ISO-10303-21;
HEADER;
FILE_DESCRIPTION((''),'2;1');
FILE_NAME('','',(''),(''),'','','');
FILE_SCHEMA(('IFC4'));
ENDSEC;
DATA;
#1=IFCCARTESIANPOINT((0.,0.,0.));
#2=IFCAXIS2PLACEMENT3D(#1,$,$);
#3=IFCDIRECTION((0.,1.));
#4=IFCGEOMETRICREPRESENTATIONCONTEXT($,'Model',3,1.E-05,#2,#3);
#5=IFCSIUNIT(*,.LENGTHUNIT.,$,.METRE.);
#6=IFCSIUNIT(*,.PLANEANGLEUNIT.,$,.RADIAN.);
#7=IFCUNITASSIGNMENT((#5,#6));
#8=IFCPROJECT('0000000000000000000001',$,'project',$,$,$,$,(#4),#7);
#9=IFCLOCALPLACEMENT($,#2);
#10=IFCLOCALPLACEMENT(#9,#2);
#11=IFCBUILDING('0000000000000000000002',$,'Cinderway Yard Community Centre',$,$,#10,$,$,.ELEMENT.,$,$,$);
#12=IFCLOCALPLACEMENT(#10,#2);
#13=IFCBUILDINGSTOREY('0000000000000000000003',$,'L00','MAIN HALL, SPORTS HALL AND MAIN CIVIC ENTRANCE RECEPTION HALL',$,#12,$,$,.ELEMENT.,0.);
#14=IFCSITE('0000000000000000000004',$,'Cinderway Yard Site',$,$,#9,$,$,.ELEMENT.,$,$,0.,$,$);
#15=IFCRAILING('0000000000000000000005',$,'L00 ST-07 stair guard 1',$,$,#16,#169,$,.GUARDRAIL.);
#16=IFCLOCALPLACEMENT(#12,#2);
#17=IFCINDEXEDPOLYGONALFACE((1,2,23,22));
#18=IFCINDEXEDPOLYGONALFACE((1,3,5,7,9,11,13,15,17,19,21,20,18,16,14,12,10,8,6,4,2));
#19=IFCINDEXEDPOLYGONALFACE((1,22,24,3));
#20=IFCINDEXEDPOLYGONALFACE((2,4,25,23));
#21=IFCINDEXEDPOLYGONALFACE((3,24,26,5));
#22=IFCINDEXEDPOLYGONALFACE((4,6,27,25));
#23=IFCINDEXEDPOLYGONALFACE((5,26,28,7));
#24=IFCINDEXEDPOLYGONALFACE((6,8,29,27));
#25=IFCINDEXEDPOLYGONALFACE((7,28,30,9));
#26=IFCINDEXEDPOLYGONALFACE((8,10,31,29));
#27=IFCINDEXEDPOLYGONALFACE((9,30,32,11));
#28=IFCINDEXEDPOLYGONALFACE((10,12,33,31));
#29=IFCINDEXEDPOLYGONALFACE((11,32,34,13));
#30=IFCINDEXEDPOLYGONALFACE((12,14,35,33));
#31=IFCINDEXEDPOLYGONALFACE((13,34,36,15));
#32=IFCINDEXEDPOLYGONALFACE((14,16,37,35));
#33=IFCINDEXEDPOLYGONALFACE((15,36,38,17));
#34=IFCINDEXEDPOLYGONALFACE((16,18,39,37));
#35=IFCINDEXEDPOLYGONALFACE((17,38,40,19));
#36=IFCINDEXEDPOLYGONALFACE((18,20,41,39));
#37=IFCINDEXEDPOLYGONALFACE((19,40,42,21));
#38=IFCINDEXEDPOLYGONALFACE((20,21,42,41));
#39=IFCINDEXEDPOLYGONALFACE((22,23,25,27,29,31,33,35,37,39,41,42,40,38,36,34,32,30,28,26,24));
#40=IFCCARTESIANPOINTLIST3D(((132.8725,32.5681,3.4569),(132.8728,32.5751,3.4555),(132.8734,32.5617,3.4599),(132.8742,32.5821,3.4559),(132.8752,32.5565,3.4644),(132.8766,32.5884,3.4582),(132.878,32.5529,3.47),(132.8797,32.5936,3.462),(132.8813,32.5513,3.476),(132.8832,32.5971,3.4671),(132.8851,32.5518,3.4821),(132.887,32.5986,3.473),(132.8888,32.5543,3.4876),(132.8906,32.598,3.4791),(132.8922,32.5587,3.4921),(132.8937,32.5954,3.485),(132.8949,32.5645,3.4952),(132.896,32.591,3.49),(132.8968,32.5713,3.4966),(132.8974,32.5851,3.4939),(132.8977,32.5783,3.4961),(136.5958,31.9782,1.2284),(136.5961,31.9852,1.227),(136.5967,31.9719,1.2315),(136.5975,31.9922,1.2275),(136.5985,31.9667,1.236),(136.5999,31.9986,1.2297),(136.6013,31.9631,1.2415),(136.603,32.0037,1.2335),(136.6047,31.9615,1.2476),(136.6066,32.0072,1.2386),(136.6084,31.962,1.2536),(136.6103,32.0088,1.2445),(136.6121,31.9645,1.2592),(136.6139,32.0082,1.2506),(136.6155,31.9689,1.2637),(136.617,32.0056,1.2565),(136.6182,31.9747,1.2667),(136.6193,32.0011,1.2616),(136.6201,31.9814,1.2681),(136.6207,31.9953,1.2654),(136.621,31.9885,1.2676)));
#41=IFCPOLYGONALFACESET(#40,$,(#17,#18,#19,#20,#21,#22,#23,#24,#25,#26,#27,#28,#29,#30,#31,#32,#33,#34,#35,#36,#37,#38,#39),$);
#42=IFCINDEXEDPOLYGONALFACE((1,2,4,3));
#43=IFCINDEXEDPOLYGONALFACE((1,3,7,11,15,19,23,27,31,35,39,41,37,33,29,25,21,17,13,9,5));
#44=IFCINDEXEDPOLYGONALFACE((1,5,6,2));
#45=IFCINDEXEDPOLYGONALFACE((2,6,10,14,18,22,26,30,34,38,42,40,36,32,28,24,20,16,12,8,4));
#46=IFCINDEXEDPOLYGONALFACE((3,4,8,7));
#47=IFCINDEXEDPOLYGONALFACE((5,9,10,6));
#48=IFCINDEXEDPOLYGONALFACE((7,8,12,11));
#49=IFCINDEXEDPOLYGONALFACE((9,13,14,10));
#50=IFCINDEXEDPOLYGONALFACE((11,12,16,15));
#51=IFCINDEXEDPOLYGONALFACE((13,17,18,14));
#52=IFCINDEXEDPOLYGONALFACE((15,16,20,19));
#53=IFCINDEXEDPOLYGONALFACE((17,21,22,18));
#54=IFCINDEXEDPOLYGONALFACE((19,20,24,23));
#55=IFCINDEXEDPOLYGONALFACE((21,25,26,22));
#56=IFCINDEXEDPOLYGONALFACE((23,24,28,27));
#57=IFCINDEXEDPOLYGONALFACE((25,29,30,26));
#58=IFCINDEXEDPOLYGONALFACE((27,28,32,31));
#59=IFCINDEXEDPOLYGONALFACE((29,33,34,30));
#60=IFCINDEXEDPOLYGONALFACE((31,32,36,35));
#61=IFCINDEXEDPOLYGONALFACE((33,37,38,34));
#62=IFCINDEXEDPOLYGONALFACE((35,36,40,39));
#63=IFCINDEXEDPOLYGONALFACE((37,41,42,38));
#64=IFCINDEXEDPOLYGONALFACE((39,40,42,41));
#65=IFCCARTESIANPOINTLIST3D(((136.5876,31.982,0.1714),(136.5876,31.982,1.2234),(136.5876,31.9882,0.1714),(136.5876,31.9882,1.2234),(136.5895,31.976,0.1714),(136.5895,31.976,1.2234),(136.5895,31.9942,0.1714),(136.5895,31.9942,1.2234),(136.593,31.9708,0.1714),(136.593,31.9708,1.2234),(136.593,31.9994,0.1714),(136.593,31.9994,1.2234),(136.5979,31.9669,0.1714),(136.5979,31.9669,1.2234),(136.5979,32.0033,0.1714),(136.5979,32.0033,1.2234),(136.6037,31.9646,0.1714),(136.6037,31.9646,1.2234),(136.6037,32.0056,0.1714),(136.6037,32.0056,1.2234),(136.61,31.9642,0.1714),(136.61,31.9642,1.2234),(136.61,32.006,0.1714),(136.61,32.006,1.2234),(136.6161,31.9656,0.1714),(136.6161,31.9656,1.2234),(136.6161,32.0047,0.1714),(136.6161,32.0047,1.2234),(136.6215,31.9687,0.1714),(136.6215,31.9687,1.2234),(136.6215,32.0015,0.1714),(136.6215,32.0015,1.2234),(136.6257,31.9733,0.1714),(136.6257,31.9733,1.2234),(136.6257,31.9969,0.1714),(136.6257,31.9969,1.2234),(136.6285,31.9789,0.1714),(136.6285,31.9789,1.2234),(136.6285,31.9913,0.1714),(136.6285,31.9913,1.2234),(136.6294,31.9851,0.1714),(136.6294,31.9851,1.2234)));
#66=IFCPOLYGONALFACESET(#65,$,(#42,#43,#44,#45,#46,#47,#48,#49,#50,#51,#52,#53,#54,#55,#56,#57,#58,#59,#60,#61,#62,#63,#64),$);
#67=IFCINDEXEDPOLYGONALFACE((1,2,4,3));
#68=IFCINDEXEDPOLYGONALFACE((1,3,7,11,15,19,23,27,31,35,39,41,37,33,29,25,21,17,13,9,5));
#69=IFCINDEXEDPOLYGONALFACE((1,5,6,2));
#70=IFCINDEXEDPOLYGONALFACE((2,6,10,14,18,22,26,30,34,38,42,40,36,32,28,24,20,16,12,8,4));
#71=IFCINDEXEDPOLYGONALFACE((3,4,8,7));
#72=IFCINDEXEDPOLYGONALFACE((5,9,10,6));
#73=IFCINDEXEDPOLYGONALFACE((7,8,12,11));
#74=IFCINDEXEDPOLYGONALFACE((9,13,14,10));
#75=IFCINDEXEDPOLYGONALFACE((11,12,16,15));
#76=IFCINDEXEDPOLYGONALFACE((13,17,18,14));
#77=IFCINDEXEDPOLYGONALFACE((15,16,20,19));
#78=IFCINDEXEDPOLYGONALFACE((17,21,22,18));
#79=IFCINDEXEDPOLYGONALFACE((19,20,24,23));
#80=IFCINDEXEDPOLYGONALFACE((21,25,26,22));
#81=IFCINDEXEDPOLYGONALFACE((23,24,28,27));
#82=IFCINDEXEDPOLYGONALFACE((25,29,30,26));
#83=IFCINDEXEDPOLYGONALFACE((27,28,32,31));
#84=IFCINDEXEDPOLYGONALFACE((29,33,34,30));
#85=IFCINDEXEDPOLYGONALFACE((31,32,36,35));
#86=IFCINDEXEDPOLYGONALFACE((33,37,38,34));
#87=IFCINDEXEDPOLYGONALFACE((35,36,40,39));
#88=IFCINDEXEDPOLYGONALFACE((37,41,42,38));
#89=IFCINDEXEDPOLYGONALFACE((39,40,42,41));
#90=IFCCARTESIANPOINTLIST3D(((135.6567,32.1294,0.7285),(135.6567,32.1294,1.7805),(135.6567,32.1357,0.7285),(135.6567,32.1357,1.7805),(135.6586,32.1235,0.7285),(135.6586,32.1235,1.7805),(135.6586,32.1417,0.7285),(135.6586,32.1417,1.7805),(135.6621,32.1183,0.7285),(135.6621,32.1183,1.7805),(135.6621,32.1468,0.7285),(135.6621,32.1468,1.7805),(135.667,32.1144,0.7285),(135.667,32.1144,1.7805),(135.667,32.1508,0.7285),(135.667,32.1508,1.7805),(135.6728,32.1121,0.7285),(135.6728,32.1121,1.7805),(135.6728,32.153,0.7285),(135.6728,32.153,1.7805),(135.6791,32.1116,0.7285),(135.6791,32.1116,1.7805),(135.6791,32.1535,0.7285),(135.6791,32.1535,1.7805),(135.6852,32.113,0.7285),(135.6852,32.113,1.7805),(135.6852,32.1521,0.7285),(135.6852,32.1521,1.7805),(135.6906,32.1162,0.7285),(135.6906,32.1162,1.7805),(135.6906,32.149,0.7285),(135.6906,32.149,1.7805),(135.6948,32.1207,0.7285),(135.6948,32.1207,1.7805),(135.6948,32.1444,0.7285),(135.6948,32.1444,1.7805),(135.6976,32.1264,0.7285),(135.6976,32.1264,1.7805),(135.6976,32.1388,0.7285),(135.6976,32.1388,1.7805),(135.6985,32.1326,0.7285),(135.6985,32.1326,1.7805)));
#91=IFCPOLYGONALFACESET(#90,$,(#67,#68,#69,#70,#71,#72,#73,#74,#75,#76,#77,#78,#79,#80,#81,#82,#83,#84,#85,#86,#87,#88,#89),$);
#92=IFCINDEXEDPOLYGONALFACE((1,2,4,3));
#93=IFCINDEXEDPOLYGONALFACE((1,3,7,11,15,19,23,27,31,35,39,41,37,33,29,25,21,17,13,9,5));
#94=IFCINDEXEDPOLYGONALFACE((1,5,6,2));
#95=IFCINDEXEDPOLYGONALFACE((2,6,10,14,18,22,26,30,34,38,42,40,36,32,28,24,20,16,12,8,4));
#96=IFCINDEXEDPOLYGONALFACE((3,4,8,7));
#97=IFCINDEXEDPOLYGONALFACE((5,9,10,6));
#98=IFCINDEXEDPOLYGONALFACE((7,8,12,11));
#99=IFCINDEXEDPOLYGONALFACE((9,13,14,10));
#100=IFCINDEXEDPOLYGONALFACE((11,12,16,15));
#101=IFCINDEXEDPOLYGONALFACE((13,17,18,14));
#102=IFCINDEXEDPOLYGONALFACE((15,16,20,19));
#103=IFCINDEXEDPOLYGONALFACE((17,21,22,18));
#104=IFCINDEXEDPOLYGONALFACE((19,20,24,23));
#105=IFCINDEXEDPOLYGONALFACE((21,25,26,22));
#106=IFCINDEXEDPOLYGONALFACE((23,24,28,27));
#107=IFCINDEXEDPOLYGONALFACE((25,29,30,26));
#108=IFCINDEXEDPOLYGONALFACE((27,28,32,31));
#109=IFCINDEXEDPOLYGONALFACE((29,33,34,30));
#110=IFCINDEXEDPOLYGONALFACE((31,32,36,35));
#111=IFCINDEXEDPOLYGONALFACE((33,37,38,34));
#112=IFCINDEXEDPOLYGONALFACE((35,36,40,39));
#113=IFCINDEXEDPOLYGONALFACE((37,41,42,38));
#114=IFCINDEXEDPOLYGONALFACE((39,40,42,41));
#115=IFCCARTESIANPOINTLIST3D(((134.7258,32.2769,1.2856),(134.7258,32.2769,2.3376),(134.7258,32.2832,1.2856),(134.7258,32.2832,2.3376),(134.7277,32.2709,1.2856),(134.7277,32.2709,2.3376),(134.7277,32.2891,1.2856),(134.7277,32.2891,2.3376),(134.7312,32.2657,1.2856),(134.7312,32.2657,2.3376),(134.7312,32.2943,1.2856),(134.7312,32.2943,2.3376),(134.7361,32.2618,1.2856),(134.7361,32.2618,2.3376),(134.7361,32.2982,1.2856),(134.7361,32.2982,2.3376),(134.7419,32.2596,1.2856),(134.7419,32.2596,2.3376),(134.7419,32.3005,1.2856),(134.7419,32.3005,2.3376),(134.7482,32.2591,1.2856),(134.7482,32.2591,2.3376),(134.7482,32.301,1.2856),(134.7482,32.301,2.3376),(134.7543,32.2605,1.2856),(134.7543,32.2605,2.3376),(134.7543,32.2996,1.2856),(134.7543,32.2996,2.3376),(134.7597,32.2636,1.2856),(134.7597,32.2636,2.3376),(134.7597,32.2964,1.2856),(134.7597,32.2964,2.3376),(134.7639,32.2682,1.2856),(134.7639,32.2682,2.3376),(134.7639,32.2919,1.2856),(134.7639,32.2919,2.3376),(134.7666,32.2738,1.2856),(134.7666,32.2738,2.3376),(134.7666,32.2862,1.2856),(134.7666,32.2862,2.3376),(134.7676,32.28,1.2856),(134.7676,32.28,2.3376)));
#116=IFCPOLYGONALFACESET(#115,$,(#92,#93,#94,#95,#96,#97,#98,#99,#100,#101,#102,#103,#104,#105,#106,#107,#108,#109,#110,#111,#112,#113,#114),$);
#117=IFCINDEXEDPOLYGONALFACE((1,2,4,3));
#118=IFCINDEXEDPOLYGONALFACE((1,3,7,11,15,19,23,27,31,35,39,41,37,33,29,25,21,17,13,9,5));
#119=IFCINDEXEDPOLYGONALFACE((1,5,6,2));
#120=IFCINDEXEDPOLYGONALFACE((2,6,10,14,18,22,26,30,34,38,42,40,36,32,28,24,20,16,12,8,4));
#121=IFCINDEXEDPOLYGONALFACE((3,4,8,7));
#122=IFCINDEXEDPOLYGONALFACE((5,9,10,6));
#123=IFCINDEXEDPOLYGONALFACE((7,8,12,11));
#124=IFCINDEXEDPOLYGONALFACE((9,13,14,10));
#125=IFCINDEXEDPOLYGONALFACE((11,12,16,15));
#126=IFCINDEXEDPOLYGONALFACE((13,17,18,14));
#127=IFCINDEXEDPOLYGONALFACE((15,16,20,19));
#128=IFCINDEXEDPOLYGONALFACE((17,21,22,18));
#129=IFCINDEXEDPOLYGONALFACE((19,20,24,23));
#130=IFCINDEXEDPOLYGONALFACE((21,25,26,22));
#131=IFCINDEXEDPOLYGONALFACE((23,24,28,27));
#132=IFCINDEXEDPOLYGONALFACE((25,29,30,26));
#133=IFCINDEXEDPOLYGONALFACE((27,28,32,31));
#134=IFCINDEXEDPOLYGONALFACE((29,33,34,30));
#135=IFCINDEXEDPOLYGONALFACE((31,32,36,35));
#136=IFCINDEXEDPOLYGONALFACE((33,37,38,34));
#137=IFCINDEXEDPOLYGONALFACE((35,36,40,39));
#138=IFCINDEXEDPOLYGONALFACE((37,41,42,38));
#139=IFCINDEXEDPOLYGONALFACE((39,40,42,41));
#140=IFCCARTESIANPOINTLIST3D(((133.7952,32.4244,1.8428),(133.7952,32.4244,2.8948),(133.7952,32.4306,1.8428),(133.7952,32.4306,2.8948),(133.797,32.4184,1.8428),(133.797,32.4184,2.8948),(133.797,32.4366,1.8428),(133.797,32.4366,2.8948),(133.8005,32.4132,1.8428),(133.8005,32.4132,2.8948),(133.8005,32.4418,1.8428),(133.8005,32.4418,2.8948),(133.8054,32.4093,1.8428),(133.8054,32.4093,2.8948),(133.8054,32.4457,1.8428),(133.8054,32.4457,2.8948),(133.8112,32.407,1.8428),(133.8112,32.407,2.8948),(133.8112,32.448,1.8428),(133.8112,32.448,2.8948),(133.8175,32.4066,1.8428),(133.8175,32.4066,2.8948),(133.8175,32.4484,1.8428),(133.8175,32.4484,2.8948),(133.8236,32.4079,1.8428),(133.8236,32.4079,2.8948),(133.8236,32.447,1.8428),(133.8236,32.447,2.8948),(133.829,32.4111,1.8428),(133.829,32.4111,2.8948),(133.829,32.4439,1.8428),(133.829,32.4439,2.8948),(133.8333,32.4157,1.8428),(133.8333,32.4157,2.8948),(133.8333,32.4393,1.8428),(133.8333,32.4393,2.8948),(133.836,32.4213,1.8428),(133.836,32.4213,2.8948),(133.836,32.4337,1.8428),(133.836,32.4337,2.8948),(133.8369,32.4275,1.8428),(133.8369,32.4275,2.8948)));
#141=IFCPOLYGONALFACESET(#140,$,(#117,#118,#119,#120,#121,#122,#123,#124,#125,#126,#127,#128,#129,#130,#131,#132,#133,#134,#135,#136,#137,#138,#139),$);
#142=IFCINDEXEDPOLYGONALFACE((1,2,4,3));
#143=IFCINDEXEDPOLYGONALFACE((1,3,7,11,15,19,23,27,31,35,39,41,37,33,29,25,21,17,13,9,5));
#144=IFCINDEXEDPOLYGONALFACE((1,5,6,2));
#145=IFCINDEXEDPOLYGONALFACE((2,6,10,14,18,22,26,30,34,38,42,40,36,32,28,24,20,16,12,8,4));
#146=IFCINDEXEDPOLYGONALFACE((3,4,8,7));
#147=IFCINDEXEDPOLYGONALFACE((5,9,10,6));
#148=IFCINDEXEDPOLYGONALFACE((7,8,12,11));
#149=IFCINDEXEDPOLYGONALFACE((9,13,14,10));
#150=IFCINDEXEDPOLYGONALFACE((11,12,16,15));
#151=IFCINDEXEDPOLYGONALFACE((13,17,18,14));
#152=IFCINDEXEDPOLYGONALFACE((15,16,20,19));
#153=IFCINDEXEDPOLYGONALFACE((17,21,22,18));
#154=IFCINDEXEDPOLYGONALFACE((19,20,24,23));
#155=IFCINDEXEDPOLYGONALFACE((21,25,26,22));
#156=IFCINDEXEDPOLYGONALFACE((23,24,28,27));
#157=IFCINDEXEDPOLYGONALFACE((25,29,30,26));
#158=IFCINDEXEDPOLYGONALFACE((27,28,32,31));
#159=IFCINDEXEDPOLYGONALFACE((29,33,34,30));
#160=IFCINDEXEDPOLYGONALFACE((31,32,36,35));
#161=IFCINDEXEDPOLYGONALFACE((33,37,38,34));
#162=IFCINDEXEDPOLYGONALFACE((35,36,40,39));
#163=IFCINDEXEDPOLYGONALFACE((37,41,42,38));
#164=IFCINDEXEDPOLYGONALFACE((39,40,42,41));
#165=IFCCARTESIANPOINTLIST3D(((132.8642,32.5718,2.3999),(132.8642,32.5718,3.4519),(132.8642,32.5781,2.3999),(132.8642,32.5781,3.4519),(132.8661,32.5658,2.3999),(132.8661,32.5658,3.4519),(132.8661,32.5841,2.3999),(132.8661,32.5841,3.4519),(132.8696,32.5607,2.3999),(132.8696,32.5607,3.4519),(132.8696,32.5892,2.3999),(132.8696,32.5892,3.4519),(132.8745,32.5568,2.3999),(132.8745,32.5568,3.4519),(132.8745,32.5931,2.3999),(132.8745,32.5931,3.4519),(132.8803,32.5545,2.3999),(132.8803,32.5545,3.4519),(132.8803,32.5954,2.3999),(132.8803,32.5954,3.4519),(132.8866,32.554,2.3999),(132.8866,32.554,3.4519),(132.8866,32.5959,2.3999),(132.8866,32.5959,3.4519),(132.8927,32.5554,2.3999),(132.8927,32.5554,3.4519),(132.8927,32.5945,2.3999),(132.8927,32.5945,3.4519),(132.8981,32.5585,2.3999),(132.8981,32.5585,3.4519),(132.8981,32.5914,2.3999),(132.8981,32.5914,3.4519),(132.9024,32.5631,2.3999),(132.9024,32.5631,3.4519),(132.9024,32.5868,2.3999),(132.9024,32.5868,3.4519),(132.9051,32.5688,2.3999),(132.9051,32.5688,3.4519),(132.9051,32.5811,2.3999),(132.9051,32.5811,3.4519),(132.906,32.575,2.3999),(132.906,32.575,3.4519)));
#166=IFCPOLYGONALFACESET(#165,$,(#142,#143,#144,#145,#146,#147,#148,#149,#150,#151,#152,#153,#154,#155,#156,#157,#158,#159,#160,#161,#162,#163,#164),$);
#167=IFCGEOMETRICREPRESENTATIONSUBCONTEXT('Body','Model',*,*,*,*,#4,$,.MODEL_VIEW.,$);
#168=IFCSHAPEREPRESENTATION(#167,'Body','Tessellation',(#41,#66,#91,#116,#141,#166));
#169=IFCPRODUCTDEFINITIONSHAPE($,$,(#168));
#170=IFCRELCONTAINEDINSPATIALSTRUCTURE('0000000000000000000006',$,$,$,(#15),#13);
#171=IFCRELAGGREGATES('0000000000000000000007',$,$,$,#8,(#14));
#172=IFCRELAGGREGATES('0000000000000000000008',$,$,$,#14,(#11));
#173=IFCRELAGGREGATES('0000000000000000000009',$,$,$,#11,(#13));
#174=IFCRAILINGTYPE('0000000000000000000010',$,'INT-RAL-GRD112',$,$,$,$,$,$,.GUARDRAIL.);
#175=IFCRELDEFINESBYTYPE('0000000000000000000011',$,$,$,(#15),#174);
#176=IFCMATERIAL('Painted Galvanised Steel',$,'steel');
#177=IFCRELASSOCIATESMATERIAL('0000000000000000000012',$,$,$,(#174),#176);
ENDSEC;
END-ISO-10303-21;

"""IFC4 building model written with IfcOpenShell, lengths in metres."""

from ifc_helpers import new_model, si_unit, direction, frame, origin, origin_2d, place, context, subcontext, project, spatial, circle, extrude, material, type_object, element, save


model = new_model("IFC4")

# Units and contexts
model_context = context("Model", 3, precision=1e-05, world=origin(), true_north=direction((0.0, 1.0)))
body_context = subcontext(model_context, "Body", "Model", "MODEL_VIEW")
ifc_project = project(units=[si_unit("LENGTHUNIT", "METRE"), si_unit("PLANEANGLEUNIT", "RADIAN")], contexts=[model_context])

# Site, building, storey
site_placement = place(None, origin())
site = spatial("IfcSite", under=ifc_project, at=site_placement, Name="Cinderway Yard Site", CompositionType="ELEMENT", RefElevation=0.0)
building_placement = place(site_placement, origin())
building = spatial("IfcBuilding", under=site, at=building_placement, Name="Cinderway Yard Community Centre", CompositionType="ELEMENT")
storey_placement = place(building_placement, origin())
storey = spatial("IfcBuildingStorey", under=building, at=storey_placement, Name="L00", Description="MAIN HALL, SPORTS HALL AND MAIN CIVIC ENTRANCE RECEPTION HALL", CompositionType="ELEMENT", Elevation=0.0)

# Shared definitions
ifc_material_1 = material(Name="Painted Galvanised Steel", Category="steel")

# Railing
railing_type_1 = type_object("IfcRailingType", Name="INT-RAL-GRD112", PredefinedType="GUARDRAIL", material=ifc_material_1)
railing_1_placement = place(storey_placement, frame((136.6084, 31.9851, 0.1714)))
element("IfcRailing", 1, at=railing_1_placement, inside=storey, type_object=railing_type_1, Name="L00 ST-07 stair guard 1", PredefinedType="GUARDRAIL", context=body_context, shape_type="SweptSolid", body=[
    extrude(circle(Radius=0.0239, at=origin_2d()), frame((0.0, 0.0, 1.0762), z_axis=(-0.850235, 0.134691, 0.508881), x_axis=(-0.156465, -0.987684, 0.0)), (0.0, 0.0, 1.0), 4.3792),
    extrude(circle(Radius=0.021, at=origin_2d()), origin(), (0.0, 0.0, 1.0), 1.052),
    extrude(circle(Radius=0.021, at=origin_2d()), frame((-0.9309, 0.1475, 0.5571)), (0.0, 0.0, 1.0), 1.052),
    extrude(circle(Radius=0.021, at=origin_2d()), frame((-1.8618, 0.2949, 1.1143)), (0.0, 0.0, 1.0), 1.052),
    extrude(circle(Radius=0.021, at=origin_2d()), frame((-2.7925, 0.4424, 1.6714)), (0.0, 0.0, 1.0), 1.052),
    extrude(circle(Radius=0.021, at=origin_2d()), frame((-3.7234, 0.5898, 2.2285)), (0.0, 0.0, 1.0), 1.052),
])

save(model, "model.ifc")
